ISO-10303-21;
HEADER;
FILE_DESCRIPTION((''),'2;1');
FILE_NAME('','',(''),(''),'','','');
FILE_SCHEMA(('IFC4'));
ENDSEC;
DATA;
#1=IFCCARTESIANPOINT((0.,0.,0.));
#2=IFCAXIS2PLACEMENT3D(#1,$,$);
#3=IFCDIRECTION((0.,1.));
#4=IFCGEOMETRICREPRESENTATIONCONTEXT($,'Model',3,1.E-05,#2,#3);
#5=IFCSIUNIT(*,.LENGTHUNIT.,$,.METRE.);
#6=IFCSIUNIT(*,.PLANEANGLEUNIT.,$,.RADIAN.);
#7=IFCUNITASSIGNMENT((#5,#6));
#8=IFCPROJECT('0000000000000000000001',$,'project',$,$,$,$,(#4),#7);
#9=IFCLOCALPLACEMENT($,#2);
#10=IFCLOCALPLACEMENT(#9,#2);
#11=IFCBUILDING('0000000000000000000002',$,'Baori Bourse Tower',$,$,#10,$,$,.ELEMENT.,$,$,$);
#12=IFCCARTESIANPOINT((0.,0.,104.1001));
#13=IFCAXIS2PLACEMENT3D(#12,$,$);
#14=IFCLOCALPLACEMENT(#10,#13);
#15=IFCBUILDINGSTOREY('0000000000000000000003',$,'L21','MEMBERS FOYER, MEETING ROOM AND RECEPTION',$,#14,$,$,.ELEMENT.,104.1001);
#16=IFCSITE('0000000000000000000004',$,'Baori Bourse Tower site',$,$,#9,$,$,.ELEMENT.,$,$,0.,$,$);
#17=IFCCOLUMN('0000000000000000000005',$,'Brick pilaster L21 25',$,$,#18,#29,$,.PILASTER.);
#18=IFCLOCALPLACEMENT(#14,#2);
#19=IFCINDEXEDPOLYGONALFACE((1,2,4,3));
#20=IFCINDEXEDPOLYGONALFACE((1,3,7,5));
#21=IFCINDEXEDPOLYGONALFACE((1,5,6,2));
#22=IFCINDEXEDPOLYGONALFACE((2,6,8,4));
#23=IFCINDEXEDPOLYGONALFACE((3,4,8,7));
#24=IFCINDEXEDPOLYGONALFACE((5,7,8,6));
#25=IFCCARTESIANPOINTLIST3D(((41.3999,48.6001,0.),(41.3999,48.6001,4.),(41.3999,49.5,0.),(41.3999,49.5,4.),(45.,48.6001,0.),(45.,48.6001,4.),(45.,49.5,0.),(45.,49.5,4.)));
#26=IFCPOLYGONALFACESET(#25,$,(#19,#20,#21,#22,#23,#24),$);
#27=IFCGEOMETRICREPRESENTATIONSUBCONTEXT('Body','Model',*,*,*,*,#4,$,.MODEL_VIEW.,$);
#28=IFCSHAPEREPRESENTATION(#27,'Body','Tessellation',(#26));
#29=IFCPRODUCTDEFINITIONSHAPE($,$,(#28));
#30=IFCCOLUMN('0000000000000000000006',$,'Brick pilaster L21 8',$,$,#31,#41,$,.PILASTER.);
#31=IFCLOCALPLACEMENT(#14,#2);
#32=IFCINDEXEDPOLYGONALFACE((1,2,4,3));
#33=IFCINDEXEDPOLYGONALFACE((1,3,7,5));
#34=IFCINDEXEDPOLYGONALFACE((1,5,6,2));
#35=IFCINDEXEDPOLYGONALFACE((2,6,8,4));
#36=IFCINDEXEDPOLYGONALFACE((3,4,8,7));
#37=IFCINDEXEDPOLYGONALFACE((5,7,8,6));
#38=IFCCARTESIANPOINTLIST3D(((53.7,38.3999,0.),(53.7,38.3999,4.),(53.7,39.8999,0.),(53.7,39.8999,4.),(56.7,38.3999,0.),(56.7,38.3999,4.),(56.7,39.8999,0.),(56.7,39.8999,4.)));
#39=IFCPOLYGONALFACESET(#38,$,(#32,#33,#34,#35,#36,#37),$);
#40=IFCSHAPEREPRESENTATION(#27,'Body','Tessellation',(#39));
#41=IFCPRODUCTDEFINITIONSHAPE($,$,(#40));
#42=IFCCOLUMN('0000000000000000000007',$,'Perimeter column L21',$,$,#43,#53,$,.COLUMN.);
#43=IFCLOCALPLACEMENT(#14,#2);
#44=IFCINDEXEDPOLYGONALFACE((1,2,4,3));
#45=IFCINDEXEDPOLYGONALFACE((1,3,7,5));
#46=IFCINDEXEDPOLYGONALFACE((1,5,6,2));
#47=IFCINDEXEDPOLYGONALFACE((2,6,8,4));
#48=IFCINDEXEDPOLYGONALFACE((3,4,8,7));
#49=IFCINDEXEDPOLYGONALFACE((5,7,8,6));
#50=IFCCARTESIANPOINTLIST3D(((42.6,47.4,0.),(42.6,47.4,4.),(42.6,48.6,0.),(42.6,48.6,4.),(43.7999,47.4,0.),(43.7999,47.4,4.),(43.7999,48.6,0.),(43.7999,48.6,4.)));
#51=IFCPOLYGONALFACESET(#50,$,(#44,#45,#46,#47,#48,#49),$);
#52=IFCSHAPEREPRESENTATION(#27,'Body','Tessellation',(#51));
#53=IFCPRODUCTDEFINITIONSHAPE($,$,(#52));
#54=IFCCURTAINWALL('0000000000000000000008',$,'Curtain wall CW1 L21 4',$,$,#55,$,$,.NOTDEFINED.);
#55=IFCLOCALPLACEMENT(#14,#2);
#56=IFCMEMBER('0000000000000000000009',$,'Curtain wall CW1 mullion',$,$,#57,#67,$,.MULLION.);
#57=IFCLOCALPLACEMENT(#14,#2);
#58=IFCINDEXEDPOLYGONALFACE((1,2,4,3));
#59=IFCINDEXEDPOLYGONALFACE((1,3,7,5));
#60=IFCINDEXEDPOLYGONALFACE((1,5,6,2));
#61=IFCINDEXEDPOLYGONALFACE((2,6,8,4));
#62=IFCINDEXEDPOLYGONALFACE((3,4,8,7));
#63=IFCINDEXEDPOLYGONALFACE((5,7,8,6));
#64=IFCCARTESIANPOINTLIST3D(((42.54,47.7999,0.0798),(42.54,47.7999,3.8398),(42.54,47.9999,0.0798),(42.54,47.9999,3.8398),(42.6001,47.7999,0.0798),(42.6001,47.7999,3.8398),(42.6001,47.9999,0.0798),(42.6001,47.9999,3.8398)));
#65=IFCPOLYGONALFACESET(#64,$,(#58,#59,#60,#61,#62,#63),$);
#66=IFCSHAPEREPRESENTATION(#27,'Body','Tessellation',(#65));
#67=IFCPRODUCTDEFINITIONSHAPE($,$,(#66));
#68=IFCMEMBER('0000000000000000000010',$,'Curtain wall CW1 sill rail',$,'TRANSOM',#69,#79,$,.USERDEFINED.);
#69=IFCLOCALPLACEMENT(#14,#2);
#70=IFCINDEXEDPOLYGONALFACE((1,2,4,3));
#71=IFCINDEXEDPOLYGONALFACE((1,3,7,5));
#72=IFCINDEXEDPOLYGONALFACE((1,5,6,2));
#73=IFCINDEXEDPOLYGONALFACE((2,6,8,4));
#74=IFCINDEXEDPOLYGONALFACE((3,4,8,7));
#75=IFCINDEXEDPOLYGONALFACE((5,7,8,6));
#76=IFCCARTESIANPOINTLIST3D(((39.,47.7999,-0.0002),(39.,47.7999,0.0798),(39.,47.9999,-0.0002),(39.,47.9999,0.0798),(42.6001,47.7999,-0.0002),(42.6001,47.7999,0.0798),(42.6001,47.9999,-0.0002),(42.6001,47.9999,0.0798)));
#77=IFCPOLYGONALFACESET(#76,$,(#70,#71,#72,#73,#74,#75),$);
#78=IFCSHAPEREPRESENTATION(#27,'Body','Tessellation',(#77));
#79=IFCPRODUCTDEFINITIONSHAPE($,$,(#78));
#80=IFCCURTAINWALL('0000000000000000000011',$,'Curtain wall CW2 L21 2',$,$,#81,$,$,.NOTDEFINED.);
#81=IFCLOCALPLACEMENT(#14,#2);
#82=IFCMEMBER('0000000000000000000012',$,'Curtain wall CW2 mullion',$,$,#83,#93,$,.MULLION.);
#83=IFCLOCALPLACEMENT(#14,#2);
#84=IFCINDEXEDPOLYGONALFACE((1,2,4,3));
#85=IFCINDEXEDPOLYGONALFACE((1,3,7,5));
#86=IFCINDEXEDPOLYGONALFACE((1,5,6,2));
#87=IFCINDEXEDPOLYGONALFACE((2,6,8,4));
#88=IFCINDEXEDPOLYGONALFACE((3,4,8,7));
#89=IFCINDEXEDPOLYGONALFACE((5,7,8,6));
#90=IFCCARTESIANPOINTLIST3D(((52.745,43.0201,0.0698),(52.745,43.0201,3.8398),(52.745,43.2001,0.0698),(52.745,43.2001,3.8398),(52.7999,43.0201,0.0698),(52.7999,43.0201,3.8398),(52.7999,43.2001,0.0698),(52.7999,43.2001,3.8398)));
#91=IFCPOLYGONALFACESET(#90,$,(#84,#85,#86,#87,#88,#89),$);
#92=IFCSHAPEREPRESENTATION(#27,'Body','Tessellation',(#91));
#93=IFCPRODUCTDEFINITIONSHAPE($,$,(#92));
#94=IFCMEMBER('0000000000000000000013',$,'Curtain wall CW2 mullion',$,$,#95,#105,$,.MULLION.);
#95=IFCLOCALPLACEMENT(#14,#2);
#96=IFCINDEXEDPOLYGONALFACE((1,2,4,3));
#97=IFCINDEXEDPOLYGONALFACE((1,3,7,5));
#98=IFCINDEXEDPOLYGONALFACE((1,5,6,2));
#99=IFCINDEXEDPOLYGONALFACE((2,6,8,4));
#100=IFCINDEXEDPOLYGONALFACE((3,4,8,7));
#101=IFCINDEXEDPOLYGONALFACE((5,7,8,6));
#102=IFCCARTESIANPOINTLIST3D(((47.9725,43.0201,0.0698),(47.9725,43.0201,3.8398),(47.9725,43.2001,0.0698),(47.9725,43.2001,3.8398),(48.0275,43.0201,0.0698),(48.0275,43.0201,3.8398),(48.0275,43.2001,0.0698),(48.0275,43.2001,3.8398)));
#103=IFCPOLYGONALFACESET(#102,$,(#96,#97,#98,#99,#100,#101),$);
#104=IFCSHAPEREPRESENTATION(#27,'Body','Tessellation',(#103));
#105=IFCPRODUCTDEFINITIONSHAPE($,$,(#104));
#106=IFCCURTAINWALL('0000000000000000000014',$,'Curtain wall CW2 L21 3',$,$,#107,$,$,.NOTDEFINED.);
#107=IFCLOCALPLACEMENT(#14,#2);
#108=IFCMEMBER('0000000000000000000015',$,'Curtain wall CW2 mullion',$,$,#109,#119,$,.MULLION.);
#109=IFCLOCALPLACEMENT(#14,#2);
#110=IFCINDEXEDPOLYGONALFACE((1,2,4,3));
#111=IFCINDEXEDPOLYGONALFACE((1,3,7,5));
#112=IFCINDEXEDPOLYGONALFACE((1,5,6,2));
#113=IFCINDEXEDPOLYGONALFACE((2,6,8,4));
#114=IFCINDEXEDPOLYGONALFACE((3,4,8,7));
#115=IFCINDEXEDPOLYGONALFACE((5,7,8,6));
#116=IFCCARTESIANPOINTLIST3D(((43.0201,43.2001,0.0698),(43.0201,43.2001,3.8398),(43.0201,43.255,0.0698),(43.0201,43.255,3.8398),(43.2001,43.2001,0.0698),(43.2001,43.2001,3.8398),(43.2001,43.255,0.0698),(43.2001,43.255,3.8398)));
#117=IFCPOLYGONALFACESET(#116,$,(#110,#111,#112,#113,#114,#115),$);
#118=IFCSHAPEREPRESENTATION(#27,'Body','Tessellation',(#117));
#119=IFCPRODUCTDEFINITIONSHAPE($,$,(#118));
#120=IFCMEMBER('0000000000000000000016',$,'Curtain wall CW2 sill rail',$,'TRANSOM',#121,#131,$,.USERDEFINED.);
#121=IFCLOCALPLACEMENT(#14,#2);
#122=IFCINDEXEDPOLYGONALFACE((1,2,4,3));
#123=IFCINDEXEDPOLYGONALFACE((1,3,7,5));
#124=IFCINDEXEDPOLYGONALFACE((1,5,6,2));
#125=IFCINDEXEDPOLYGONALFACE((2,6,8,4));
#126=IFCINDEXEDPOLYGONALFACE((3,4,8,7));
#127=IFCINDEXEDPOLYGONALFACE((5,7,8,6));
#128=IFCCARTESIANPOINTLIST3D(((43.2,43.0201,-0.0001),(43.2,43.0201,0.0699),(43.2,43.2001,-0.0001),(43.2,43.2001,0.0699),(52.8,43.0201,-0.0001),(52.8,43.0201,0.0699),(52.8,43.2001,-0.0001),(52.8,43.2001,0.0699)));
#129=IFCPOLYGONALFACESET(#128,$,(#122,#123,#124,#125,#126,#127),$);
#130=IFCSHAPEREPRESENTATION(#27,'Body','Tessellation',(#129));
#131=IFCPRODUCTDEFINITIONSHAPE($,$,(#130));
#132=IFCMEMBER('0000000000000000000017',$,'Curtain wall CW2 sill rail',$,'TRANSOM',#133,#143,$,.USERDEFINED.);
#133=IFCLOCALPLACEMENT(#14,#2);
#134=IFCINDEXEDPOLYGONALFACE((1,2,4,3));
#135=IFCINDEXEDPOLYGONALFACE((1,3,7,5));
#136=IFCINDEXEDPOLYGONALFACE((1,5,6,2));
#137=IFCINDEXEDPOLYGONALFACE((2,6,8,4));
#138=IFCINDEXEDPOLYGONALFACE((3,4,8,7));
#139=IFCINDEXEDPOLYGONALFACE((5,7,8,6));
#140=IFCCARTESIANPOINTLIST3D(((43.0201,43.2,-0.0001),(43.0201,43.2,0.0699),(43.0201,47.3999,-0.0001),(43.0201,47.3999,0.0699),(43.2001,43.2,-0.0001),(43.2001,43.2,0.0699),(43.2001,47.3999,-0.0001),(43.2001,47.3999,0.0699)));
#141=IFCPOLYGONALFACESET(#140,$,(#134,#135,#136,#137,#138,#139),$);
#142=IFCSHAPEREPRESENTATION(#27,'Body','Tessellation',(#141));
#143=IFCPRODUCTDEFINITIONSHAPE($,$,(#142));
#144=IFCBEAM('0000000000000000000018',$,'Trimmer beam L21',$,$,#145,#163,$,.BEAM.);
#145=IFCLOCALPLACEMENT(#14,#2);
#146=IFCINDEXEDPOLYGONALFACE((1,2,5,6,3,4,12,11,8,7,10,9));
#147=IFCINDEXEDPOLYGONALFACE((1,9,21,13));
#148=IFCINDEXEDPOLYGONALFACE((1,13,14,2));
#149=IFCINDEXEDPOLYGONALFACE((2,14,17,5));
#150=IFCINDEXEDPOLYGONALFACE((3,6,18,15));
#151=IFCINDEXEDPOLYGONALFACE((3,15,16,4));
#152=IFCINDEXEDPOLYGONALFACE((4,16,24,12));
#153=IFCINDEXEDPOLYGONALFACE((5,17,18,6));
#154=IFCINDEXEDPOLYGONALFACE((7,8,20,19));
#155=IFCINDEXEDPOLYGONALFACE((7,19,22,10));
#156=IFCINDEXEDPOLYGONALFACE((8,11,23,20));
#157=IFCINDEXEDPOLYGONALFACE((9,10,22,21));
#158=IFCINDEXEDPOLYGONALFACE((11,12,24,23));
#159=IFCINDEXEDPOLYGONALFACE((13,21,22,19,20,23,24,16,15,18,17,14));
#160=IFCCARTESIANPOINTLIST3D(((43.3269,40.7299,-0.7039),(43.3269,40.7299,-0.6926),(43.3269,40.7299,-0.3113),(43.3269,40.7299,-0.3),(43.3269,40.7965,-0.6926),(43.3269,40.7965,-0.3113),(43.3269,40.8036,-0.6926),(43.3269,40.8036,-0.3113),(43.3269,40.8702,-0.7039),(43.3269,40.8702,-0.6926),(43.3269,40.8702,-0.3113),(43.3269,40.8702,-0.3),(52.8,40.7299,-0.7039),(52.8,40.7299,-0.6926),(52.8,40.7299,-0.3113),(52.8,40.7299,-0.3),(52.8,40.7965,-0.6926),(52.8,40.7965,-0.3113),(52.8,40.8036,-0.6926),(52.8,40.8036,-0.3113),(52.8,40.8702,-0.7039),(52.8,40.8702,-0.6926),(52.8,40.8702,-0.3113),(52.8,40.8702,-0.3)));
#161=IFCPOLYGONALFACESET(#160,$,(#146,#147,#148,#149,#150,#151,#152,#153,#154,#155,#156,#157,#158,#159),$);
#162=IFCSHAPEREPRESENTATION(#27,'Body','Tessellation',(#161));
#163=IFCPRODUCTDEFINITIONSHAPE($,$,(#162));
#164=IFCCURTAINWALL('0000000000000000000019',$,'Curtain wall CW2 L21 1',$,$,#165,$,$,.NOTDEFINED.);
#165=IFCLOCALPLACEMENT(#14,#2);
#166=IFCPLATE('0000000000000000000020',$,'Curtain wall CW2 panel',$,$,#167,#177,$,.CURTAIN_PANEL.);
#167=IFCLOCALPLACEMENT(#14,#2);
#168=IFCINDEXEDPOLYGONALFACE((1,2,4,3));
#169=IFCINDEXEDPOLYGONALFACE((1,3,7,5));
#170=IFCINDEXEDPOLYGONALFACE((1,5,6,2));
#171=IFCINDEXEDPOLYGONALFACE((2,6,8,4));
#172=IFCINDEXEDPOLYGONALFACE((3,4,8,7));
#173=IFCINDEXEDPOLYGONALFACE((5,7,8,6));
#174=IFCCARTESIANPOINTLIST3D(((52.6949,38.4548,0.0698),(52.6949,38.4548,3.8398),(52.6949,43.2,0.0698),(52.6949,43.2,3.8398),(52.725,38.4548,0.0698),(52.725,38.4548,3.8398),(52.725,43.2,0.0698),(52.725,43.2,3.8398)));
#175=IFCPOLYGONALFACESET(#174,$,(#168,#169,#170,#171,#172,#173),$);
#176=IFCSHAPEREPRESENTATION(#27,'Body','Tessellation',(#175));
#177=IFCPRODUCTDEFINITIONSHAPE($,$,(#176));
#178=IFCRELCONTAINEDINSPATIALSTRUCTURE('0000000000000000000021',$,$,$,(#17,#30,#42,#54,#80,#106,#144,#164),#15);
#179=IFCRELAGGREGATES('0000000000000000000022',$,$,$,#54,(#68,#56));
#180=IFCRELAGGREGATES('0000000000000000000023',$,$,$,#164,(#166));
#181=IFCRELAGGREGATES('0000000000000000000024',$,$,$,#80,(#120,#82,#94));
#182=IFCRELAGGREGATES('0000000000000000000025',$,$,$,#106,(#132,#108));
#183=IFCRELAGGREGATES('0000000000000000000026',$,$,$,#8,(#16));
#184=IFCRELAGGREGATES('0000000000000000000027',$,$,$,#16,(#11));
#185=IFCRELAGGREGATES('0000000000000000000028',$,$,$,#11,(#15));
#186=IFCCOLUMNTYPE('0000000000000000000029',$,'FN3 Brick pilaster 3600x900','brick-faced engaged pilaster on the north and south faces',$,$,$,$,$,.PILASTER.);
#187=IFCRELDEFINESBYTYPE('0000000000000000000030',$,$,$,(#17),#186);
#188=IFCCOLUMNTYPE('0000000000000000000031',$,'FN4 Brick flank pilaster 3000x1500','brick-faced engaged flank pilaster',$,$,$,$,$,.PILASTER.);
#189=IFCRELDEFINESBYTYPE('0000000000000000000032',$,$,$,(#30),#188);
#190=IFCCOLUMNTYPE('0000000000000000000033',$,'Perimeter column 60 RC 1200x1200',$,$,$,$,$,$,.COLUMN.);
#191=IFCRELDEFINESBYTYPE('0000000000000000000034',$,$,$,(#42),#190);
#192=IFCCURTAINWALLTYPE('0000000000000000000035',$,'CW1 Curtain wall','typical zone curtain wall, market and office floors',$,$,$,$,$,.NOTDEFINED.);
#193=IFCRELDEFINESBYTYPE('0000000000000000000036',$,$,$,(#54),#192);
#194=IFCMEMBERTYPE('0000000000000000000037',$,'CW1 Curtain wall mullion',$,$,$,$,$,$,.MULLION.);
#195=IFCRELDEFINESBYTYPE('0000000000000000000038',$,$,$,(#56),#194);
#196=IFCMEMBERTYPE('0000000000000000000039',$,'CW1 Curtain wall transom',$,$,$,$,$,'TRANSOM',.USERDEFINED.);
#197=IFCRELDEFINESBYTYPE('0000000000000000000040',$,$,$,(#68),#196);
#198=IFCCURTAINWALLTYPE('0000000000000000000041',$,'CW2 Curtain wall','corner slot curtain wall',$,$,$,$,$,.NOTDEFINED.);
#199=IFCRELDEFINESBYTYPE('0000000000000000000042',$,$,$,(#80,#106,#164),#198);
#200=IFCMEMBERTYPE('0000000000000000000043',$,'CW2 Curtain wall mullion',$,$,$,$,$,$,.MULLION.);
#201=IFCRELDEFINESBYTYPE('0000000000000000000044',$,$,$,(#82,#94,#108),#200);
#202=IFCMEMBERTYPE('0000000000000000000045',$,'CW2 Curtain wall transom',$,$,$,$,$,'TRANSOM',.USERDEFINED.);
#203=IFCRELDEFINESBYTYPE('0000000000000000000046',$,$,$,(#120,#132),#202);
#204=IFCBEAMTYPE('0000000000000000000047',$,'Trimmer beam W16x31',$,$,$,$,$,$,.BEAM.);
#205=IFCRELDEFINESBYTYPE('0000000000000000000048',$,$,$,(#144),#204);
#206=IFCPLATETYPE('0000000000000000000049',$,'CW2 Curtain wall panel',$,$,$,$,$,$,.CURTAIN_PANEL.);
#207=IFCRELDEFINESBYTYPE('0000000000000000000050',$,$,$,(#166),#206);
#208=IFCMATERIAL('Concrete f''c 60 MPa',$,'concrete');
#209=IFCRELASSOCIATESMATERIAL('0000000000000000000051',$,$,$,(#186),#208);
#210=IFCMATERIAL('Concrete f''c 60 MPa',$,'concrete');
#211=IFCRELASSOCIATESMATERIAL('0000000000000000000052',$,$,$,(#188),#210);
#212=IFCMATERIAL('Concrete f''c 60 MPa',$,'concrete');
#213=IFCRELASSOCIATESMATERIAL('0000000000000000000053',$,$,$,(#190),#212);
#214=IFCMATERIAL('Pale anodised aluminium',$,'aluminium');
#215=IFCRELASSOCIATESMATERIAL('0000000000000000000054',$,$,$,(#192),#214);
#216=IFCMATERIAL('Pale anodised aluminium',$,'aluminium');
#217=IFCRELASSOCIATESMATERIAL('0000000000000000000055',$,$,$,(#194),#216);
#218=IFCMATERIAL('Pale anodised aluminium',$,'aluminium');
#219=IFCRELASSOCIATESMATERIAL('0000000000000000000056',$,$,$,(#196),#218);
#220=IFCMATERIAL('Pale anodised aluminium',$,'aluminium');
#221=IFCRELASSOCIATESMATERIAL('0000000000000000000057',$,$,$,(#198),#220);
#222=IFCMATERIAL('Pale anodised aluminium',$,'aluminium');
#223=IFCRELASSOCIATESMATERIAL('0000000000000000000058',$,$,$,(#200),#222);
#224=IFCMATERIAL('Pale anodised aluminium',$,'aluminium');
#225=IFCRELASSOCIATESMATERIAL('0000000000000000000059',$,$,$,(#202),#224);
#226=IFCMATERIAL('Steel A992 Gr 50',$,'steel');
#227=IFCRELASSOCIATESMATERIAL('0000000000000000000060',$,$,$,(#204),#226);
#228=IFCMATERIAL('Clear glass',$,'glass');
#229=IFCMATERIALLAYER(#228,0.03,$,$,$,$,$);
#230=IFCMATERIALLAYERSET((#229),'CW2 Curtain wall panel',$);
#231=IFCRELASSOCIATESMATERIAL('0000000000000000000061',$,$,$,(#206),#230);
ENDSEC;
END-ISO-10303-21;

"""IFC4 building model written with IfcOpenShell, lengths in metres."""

from ifc_helpers import new_model, si_unit, direction, frame, origin, origin_2d, place, context, subcontext, project, spatial, rectangle, i_section, extrude, material, layer, layer_set, material_profile, profile_set, type_object, element, aggregate, save


model = new_model("IFC4")

# Units and contexts
model_context = context("Model", 3, precision=1e-05, world=origin(), true_north=direction((0.0, 1.0)))
body_context = subcontext(model_context, "Body", "Model", "MODEL_VIEW")
ifc_project = project(units=[si_unit("LENGTHUNIT", "METRE"), si_unit("PLANEANGLEUNIT", "RADIAN")], contexts=[model_context])

# Site, building, storey
site_placement = place(None, origin())
site = spatial("IfcSite", under=ifc_project, at=site_placement, Name="Baori Bourse Tower site", CompositionType="ELEMENT", RefElevation=0.0)
building_placement = place(site_placement, origin())
building = spatial("IfcBuilding", under=site, at=building_placement, Name="Baori Bourse Tower", CompositionType="ELEMENT")
storey_placement = place(building_placement, frame((0.0, 0.0, 104.1001)))
storey = spatial("IfcBuildingStorey", under=building, at=storey_placement, Name="L21", Description="MEMBERS FOYER, MEETING ROOM AND RECEPTION", CompositionType="ELEMENT", Elevation=104.1001)

# Columns
ifc_material_1 = material(Name="Concrete f'c 60 MPa", Category="concrete")
ifc_material_profile_1 = material_profile(ifc_material_1, rectangle(XDim=3.6001, YDim=0.8999, at=origin_2d()), Name="RC 3600x900")
ifc_profile_set_1 = profile_set([ifc_material_profile_1], Name="Concrete f'c 60 MPa")
column_type_1 = type_object("IfcColumnType", Name="FN3 Brick pilaster 3600x900", Description="brick-faced engaged pilaster on the north and south faces", PredefinedType="PILASTER", material=ifc_profile_set_1)
column_1_placement = place(storey_placement, frame((43.2, 49.05, 0.0), z_axis=(0.0, 0.0, 1.0), x_axis=(1.0, 0.0, 0.0)))
element("IfcColumn", 1, at=column_1_placement, inside=storey, type_object=column_type_1, Name="Brick pilaster L21 25", PredefinedType="PILASTER", context=body_context, shape_type="SweptSolid", body=[
    extrude(rectangle(XDim=3.6001, YDim=0.8999, at=origin_2d()), origin(), (0.0, 0.0, 1.0), 4.0),
])
ifc_material_2 = material(Name="Concrete f'c 60 MPa", Category="concrete")
ifc_material_profile_2 = material_profile(ifc_material_2, rectangle(XDim=3.0, YDim=1.5, at=origin_2d()), Name="RC 3000x1500")
ifc_profile_set_2 = profile_set([ifc_material_profile_2], Name="Concrete f'c 60 MPa")
column_type_2 = type_object("IfcColumnType", Name="FN4 Brick flank pilaster 3000x1500", Description="brick-faced engaged flank pilaster", PredefinedType="PILASTER", material=ifc_profile_set_2)
column_2_placement = place(storey_placement, frame((55.2, 39.1499, 0.0), z_axis=(0.0, 0.0, 1.0), x_axis=(1.0, 0.0, 0.0)))
element("IfcColumn", 2, at=column_2_placement, inside=storey, type_object=column_type_2, Name="Brick pilaster L21 8", PredefinedType="PILASTER", context=body_context, shape_type="SweptSolid", body=[
    extrude(rectangle(XDim=3.0, YDim=1.5, at=origin_2d()), origin(), (0.0, 0.0, 1.0), 4.0),
])
ifc_material_3 = material(Name="Concrete f'c 60 MPa", Category="concrete")
ifc_material_profile_3 = material_profile(ifc_material_3, rectangle(XDim=1.2, YDim=1.2, at=origin_2d()), Name="RC 1200x1200")
ifc_profile_set_3 = profile_set([ifc_material_profile_3], Name="Concrete f'c 60 MPa")
column_type_3 = type_object("IfcColumnType", Name="Perimeter column 60 RC 1200x1200", PredefinedType="COLUMN", material=ifc_profile_set_3)
column_3_placement = place(storey_placement, frame((43.2, 48.0, 0.0), z_axis=(0.0, 0.0, 1.0), x_axis=(1.0, 0.0, 0.0)))
element("IfcColumn", 3, at=column_3_placement, inside=storey, type_object=column_type_3, Name="Perimeter column L21", PredefinedType="COLUMN", context=body_context, shape_type="SweptSolid", body=[
    extrude(rectangle(XDim=1.2, YDim=1.2, at=origin_2d()), origin(), (0.0, 0.0, 1.0), 4.0),
])

# Curtain walls, members
ifc_material_4 = material(Name="Pale anodised aluminium", Category="aluminium")
curtain_wall_type_1 = type_object("IfcCurtainWallType", Name="CW1 Curtain wall", Description="typical zone curtain wall, market and office floors", PredefinedType="NOTDEFINED", material=ifc_material_4)
curtain_wall_1_placement = place(storey_placement, origin())
curtain_wall_1 = element("IfcCurtainWall", 4, at=curtain_wall_1_placement, inside=storey, type_object=curtain_wall_type_1, Name="Curtain wall CW1 L21 4", PredefinedType="NOTDEFINED")
ifc_material_5 = material(Name="Pale anodised aluminium", Category="aluminium")
ifc_material_profile_4 = material_profile(ifc_material_5, rectangle(XDim=0.2, YDim=0.0601, at=origin_2d()), Name="Mullion 60x200")
ifc_profile_set_4 = profile_set([ifc_material_profile_4], Name="Pale anodised aluminium")
member_type_1 = type_object("IfcMemberType", Name="CW1 Curtain wall mullion", PredefinedType="MULLION", material=ifc_profile_set_4)
member_1_placement = place(storey_placement, frame((42.5701, 47.8999, 0.0798), z_axis=(0.0, 0.0, 1.0), x_axis=(0.0, -1.0, 0.0)))
member_1 = element("IfcMember", 5, at=member_1_placement, type_object=member_type_1, Name="Curtain wall CW1 mullion", PredefinedType="MULLION", context=body_context, shape_type="SweptSolid", body=[
    extrude(rectangle(XDim=0.2, YDim=0.0601, at=origin_2d()), origin(), (0.0, 0.0, 1.0), 3.76),
])
ifc_material_6 = material(Name="Pale anodised aluminium", Category="aluminium")
ifc_material_profile_5 = material_profile(ifc_material_6, rectangle(XDim=0.2, YDim=0.0801, at=origin_2d()), Name="Transom 80x200")
ifc_profile_set_5 = profile_set([ifc_material_profile_5], Name="Pale anodised aluminium")
member_type_2 = type_object("IfcMemberType", Name="CW1 Curtain wall transom", ElementType="TRANSOM", PredefinedType="USERDEFINED", material=ifc_profile_set_5)
member_2_placement = place(storey_placement, frame((42.6001, 47.8999, 0.0398), z_axis=(-1.0, 0.0, 0.0), x_axis=(0.0, -1.0, 0.0)))
member_2 = element("IfcMember", 6, at=member_2_placement, type_object=member_type_2, Name="Curtain wall CW1 sill rail", ObjectType="TRANSOM", PredefinedType="USERDEFINED", context=body_context, shape_type="SweptSolid", body=[
    extrude(rectangle(XDim=0.2, YDim=0.0801, at=origin_2d()), origin(), (0.0, 0.0, 1.0), 3.6001),
])
aggregate(curtain_wall_1, [member_2, member_1])
ifc_material_7 = material(Name="Pale anodised aluminium", Category="aluminium")
curtain_wall_type_2 = type_object("IfcCurtainWallType", Name="CW2 Curtain wall", Description="corner slot curtain wall", PredefinedType="NOTDEFINED", material=ifc_material_7)
curtain_wall_2_placement = place(storey_placement, origin())
curtain_wall_2 = element("IfcCurtainWall", 7, at=curtain_wall_2_placement, inside=storey, type_object=curtain_wall_type_2, Name="Curtain wall CW2 L21 2", PredefinedType="NOTDEFINED")
ifc_material_8 = material(Name="Pale anodised aluminium", Category="aluminium")
ifc_material_profile_6 = material_profile(ifc_material_8, rectangle(XDim=0.1799, YDim=0.0549, at=origin_2d()), Name="Mullion 55x180")
ifc_profile_set_6 = profile_set([ifc_material_profile_6], Name="Pale anodised aluminium")
member_type_3 = type_object("IfcMemberType", Name="CW2 Curtain wall mullion", PredefinedType="MULLION", material=ifc_profile_set_6)
member_3_placement = place(storey_placement, frame((52.7725, 43.1101, 0.0698), z_axis=(0.0, 0.0, 1.0), x_axis=(0.0, -1.0, 0.0)))
member_3 = element("IfcMember", 8, at=member_3_placement, type_object=member_type_3, Name="Curtain wall CW2 mullion", PredefinedType="MULLION", context=body_context, shape_type="SweptSolid", body=[
    extrude(rectangle(XDim=0.1799, YDim=0.0549, at=origin_2d()), origin(), (0.0, 0.0, 1.0), 3.77),
])
member_4_placement = place(storey_placement, frame((48.0, 43.1101, 0.0698), z_axis=(0.0, 0.0, 1.0), x_axis=(0.0, -1.0, 0.0)))
member_4 = element("IfcMember", 9, at=member_4_placement, type_object=member_type_3, Name="Curtain wall CW2 mullion", PredefinedType="MULLION", context=body_context, shape_type="SweptSolid", body=[
    extrude(rectangle(XDim=0.1799, YDim=0.0549, at=origin_2d()), origin(), (0.0, 0.0, 1.0), 3.77),
])

# Curtain wall, member
curtain_wall_3_placement = place(storey_placement, origin())
curtain_wall_3 = element("IfcCurtainWall", 10, at=curtain_wall_3_placement, inside=storey, type_object=curtain_wall_type_2, Name="Curtain wall CW2 L21 3", PredefinedType="NOTDEFINED")
member_5_placement = place(storey_placement, frame((43.1101, 43.2275, 0.0698), z_axis=(0.0, 0.0, 1.0), x_axis=(-1.0, 0.0, 0.0)))
member_5 = element("IfcMember", 11, at=member_5_placement, type_object=member_type_3, Name="Curtain wall CW2 mullion", PredefinedType="MULLION", context=body_context, shape_type="SweptSolid", body=[
    extrude(rectangle(XDim=0.1799, YDim=0.0549, at=origin_2d()), origin(), (0.0, 0.0, 1.0), 3.77),
])

# Members
ifc_material_9 = material(Name="Pale anodised aluminium", Category="aluminium")
ifc_material_profile_7 = material_profile(ifc_material_9, rectangle(XDim=0.1799, YDim=0.0701, at=origin_2d()), Name="Transom 70x180")
ifc_profile_set_7 = profile_set([ifc_material_profile_7], Name="Pale anodised aluminium")
member_type_4 = type_object("IfcMemberType", Name="CW2 Curtain wall transom", ElementType="TRANSOM", PredefinedType="USERDEFINED", material=ifc_profile_set_7)
member_6_placement = place(storey_placement, frame((52.8, 43.1101, 0.0349), z_axis=(-1.0, 0.0, 0.0), x_axis=(0.0, -1.0, 0.0)))
member_6 = element("IfcMember", 12, at=member_6_placement, type_object=member_type_4, Name="Curtain wall CW2 sill rail", ObjectType="TRANSOM", PredefinedType="USERDEFINED", context=body_context, shape_type="SweptSolid", body=[
    extrude(rectangle(XDim=0.1799, YDim=0.0701, at=origin_2d()), origin(), (0.0, 0.0, 1.0), 9.6001),
])
member_7_placement = place(storey_placement, frame((43.1101, 43.2, 0.0349), z_axis=(0.0, 1.0, 0.0), x_axis=(-1.0, 0.0, 0.0)))
member_7 = element("IfcMember", 13, at=member_7_placement, type_object=member_type_4, Name="Curtain wall CW2 sill rail", ObjectType="TRANSOM", PredefinedType="USERDEFINED", context=body_context, shape_type="SweptSolid", body=[
    extrude(rectangle(XDim=0.1799, YDim=0.0701, at=origin_2d()), origin(), (0.0, 0.0, 1.0), 4.2),
])

# Beam
ifc_material_10 = material(Name="Steel A992 Gr 50", Category="steel")
ifc_material_profile_8 = material_profile(ifc_material_10, i_section(OverallWidth=0.1404, OverallDepth=0.4038, WebThickness=0.0071, FlangeThickness=0.0112, at=origin_2d()), Name="W16x31")
ifc_profile_set_8 = profile_set([ifc_material_profile_8], Name="Steel A992 Gr 50")
beam_type = type_object("IfcBeamType", Name="Trimmer beam W16x31", PredefinedType="BEAM", material=ifc_profile_set_8)
beam_placement = place(storey_placement, frame((43.3269, 40.8, -0.502), z_axis=(1.0, 0.0, 0.0), x_axis=(0.0, 1.0, 0.0)))
element("IfcBeam", 14, at=beam_placement, inside=storey, type_object=beam_type, Name="Trimmer beam L21", PredefinedType="BEAM", context=body_context, shape_type="SweptSolid", body=[
    extrude(i_section(OverallWidth=0.1404, OverallDepth=0.4038, WebThickness=0.0071, FlangeThickness=0.0112, at=origin_2d()), origin(), (0.0, 0.0, 1.0), 9.4731),
])

# Curtain wall, plate
curtain_wall_4_placement = place(storey_placement, origin())
curtain_wall_4 = element("IfcCurtainWall", 15, at=curtain_wall_4_placement, inside=storey, type_object=curtain_wall_type_2, Name="Curtain wall CW2 L21 1", PredefinedType="NOTDEFINED")
ifc_material_11 = material(Name="Clear glass", Category="glass")
ifc_layer_1 = layer(ifc_material_11, 0.03)
ifc_layer_set_1 = layer_set([ifc_layer_1], Name="CW2 Curtain wall panel")
plate_type = type_object("IfcPlateType", Name="CW2 Curtain wall panel", PredefinedType="CURTAIN_PANEL", material=ifc_layer_set_1)
plate_1_placement = place(storey_placement, frame((52.71, 40.8274, 0.0698), z_axis=(0.0, 0.0, 1.0), x_axis=(0.0, 1.0, 0.0)))
plate_1 = element("IfcPlate", 16, at=plate_1_placement, type_object=plate_type, Name="Curtain wall CW2 panel", PredefinedType="CURTAIN_PANEL", context=body_context, shape_type="SweptSolid", body=[
    extrude(rectangle(XDim=4.7451, YDim=0.03, at=origin_2d()), origin(), (0.0, 0.0, 1.0), 3.77),
])
aggregate(curtain_wall_4, [plate_1])

aggregate(curtain_wall_2, [member_6, member_3, member_4])
aggregate(curtain_wall_3, [member_7, member_5])

save(model, "model.ifc")
